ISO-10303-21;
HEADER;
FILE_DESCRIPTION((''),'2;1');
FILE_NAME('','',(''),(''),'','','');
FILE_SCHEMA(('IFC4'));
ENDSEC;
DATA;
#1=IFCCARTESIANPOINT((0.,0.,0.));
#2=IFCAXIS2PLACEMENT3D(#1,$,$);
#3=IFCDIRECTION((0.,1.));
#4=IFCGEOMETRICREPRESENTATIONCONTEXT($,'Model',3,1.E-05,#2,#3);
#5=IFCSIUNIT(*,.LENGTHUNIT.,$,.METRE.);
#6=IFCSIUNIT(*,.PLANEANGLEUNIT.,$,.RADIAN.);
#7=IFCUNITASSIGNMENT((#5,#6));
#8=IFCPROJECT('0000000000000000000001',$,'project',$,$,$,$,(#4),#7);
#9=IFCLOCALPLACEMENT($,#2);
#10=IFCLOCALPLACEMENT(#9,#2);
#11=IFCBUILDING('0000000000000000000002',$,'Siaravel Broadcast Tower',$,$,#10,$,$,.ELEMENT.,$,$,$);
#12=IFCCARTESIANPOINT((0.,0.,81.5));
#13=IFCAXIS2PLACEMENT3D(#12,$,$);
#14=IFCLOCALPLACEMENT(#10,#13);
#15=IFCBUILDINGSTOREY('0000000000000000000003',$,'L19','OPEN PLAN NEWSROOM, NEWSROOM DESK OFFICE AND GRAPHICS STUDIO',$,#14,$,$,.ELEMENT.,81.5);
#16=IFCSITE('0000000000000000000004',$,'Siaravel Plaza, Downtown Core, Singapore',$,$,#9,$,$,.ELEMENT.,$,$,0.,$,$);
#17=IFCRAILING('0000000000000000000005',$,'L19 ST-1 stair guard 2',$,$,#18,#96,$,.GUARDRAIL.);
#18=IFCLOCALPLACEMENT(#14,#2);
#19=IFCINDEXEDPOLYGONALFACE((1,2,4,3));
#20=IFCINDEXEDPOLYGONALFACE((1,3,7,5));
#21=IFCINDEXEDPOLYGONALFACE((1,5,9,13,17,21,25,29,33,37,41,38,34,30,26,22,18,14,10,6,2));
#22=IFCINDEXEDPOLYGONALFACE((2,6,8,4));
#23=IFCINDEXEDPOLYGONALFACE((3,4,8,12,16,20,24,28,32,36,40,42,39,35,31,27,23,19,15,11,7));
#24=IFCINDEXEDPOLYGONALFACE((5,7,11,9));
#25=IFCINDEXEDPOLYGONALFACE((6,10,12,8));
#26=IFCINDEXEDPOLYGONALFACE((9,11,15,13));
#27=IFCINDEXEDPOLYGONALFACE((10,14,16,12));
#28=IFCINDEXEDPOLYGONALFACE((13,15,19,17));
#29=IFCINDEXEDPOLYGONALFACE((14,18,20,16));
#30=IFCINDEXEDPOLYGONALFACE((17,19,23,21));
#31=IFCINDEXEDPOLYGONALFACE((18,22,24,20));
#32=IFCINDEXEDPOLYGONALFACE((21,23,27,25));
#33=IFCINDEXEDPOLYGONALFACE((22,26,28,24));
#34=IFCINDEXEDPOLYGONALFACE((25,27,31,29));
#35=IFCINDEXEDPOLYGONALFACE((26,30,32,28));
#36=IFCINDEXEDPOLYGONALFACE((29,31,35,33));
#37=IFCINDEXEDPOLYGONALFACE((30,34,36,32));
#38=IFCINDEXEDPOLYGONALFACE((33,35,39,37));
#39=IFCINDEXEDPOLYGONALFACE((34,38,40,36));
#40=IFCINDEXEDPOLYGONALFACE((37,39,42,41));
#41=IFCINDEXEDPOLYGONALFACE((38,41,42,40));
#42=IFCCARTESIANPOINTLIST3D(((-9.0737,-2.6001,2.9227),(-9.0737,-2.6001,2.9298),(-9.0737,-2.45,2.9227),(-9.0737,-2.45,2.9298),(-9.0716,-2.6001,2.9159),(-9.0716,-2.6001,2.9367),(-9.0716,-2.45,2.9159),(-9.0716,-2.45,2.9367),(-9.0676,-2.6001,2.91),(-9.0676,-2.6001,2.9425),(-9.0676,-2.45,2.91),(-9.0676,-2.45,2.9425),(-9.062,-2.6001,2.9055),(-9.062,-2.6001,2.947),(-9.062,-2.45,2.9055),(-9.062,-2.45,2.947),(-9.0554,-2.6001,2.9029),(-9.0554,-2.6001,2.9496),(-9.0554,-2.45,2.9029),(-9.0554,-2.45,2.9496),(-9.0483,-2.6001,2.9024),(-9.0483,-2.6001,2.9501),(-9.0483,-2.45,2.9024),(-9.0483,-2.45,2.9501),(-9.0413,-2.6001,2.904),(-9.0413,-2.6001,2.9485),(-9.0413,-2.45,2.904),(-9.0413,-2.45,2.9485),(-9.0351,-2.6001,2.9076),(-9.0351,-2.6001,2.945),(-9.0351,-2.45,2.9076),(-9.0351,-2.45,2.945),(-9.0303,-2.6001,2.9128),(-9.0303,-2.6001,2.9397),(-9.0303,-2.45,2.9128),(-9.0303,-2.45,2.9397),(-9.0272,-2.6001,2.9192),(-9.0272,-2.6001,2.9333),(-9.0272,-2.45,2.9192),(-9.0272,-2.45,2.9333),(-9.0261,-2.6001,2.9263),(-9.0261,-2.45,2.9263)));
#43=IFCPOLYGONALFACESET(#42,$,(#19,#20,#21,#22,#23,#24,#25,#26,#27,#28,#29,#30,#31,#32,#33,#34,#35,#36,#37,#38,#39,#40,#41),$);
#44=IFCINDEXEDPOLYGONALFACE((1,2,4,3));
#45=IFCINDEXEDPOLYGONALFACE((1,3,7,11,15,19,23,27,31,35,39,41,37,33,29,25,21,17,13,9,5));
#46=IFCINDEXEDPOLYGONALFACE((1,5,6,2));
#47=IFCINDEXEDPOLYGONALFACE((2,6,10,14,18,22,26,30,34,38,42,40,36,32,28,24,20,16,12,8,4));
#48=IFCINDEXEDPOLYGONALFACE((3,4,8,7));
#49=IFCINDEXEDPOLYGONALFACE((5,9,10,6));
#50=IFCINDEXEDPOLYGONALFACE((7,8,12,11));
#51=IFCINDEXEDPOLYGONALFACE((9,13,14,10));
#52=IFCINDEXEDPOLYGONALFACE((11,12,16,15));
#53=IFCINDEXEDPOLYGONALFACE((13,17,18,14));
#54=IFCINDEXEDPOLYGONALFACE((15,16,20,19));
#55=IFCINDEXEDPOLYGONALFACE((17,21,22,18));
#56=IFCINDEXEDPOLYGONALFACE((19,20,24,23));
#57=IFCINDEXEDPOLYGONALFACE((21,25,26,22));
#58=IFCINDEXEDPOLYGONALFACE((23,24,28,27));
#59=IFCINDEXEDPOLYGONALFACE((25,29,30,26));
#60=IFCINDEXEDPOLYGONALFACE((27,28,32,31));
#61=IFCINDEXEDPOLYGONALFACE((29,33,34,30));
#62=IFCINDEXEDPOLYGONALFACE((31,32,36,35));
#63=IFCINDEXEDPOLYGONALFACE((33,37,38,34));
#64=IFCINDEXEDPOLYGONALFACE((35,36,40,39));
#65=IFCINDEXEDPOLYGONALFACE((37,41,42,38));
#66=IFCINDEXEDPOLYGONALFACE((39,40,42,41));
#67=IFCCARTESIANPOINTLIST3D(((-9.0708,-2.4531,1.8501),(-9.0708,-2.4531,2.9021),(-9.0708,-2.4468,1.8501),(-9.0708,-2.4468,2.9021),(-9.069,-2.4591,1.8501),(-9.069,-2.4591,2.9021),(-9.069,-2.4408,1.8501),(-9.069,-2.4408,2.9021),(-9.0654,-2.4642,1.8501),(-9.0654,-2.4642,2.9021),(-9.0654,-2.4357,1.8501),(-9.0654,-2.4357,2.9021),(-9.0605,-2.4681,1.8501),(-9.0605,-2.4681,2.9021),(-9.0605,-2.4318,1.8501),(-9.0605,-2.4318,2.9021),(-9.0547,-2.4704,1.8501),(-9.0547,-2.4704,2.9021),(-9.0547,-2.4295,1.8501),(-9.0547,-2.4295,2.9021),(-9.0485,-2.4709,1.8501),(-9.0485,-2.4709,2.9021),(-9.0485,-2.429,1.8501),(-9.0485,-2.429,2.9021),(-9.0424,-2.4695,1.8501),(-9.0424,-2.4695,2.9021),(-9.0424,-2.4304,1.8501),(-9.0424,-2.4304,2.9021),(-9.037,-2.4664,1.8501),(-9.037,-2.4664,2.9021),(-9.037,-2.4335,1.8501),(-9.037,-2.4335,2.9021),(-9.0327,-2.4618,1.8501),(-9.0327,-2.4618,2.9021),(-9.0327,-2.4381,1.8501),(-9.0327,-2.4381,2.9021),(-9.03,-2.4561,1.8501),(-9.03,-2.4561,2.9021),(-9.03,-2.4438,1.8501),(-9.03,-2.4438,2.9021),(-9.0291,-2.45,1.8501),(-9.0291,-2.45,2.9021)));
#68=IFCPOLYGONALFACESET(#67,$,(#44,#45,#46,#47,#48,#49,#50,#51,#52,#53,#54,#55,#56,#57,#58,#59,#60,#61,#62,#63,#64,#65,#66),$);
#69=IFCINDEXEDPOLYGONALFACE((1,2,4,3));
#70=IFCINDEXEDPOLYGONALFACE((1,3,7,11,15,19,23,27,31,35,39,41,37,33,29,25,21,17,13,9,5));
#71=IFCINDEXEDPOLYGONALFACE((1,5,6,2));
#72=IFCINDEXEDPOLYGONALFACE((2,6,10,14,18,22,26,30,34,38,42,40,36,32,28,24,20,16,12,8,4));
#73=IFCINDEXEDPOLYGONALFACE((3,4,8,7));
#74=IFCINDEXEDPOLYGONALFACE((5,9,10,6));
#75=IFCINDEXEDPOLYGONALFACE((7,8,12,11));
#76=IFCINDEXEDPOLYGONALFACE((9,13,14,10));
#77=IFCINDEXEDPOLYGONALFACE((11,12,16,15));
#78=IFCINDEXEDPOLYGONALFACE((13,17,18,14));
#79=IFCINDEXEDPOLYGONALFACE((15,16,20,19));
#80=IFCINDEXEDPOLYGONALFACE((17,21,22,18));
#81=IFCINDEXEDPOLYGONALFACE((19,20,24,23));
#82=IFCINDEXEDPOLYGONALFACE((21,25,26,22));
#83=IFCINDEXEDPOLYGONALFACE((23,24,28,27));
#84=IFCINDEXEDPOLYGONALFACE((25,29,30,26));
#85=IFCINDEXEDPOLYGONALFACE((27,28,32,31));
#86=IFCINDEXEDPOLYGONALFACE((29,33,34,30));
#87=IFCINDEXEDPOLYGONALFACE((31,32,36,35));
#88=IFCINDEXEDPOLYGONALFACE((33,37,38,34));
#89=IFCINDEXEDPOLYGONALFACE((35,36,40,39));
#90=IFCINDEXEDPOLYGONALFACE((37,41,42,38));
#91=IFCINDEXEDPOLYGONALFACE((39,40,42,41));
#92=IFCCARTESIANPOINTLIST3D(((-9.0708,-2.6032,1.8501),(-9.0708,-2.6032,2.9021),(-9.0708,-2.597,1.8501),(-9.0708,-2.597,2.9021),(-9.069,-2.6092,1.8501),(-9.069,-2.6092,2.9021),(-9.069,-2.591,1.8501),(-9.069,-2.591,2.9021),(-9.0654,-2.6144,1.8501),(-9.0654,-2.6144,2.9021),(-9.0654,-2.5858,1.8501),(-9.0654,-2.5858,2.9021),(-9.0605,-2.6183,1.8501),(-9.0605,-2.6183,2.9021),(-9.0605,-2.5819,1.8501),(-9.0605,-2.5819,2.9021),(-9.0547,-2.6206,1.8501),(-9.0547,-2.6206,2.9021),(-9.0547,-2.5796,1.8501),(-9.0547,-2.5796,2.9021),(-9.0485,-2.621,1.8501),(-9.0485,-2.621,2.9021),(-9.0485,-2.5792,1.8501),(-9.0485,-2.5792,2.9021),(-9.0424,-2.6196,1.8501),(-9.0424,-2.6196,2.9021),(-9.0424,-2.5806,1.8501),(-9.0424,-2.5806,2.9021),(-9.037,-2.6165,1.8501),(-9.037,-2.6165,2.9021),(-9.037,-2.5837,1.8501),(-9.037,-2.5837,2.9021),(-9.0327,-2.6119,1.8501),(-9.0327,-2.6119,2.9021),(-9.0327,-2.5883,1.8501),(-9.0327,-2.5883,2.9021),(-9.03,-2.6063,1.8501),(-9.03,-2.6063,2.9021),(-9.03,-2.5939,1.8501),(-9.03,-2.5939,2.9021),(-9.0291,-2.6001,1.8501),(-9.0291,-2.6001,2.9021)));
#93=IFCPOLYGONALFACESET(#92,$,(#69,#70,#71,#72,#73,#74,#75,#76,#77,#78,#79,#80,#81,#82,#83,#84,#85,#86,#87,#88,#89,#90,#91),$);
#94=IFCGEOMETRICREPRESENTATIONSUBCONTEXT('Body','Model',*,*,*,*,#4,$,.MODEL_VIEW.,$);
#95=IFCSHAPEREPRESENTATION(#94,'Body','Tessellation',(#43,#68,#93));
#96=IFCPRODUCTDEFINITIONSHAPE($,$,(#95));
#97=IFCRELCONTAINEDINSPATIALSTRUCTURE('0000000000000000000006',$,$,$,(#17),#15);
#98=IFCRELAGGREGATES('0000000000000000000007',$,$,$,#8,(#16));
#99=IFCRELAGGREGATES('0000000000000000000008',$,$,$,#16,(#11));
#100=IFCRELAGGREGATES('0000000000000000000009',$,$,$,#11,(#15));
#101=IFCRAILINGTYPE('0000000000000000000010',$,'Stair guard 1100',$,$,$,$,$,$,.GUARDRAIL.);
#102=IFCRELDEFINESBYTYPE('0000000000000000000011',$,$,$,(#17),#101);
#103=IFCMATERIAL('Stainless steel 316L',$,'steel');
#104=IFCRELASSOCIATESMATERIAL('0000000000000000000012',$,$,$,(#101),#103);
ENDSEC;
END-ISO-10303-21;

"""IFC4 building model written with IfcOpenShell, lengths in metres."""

from ifc_helpers import new_model, si_unit, direction, frame, origin, origin_2d, place, context, subcontext, project, spatial, circle, extrude, material, type_object, element, save


model = new_model("IFC4")

# Units and contexts
model_context = context("Model", 3, precision=1e-05, world=origin(), true_north=direction((0.0, 1.0)))
body_context = subcontext(model_context, "Body", "Model", "MODEL_VIEW")
ifc_project = project(units=[si_unit("LENGTHUNIT", "METRE"), si_unit("PLANEANGLEUNIT", "RADIAN")], contexts=[model_context])

# Site, building, storey
site_placement = place(None, origin())
site = spatial("IfcSite", under=ifc_project, at=site_placement, Name="Siaravel Plaza, Downtown Core, Singapore", CompositionType="ELEMENT", RefElevation=0.0)
building_placement = place(site_placement, origin())
building = spatial("IfcBuilding", under=site, at=building_placement, Name="Siaravel Broadcast Tower", CompositionType="ELEMENT")
storey_placement = place(building_placement, frame((0.0, 0.0, 81.5)))
storey = spatial("IfcBuildingStorey", under=building, at=storey_placement, Name="L19", Description="OPEN PLAN NEWSROOM, NEWSROOM DESK OFFICE AND GRAPHICS STUDIO", CompositionType="ELEMENT", Elevation=81.5)

# Shared definitions
ifc_material_1 = material(Name="Stainless steel 316L", Category="steel")

# Railing
railing_type_1 = type_object("IfcRailingType", Name="Stair guard 1100", PredefinedType="GUARDRAIL", material=ifc_material_1)
railing_1_placement = place(storey_placement, frame((-9.05, -2.45, 1.8501)))
element("IfcRailing", 1, at=railing_1_placement, inside=storey, type_object=railing_type_1, Name="L19 ST-1 stair guard 2", PredefinedType="GUARDRAIL", context=body_context, shape_type="SweptSolid", body=[
    extrude(circle(Radius=0.0239, at=origin_2d()), frame((0.0, 0.0, 1.0762), z_axis=(0.0, -1.0, 0.0), x_axis=(1.0, 0.0, 0.0)), (0.0, 0.0, 1.0), 0.1501),
    extrude(circle(Radius=0.021, at=origin_2d()), origin(), (0.0, 0.0, 1.0), 1.052),
    extrude(circle(Radius=0.021, at=origin_2d()), frame((0.0, -0.1501, 0.0)), (0.0, 0.0, 1.0), 1.052),
])

save(model, "model.ifc")
